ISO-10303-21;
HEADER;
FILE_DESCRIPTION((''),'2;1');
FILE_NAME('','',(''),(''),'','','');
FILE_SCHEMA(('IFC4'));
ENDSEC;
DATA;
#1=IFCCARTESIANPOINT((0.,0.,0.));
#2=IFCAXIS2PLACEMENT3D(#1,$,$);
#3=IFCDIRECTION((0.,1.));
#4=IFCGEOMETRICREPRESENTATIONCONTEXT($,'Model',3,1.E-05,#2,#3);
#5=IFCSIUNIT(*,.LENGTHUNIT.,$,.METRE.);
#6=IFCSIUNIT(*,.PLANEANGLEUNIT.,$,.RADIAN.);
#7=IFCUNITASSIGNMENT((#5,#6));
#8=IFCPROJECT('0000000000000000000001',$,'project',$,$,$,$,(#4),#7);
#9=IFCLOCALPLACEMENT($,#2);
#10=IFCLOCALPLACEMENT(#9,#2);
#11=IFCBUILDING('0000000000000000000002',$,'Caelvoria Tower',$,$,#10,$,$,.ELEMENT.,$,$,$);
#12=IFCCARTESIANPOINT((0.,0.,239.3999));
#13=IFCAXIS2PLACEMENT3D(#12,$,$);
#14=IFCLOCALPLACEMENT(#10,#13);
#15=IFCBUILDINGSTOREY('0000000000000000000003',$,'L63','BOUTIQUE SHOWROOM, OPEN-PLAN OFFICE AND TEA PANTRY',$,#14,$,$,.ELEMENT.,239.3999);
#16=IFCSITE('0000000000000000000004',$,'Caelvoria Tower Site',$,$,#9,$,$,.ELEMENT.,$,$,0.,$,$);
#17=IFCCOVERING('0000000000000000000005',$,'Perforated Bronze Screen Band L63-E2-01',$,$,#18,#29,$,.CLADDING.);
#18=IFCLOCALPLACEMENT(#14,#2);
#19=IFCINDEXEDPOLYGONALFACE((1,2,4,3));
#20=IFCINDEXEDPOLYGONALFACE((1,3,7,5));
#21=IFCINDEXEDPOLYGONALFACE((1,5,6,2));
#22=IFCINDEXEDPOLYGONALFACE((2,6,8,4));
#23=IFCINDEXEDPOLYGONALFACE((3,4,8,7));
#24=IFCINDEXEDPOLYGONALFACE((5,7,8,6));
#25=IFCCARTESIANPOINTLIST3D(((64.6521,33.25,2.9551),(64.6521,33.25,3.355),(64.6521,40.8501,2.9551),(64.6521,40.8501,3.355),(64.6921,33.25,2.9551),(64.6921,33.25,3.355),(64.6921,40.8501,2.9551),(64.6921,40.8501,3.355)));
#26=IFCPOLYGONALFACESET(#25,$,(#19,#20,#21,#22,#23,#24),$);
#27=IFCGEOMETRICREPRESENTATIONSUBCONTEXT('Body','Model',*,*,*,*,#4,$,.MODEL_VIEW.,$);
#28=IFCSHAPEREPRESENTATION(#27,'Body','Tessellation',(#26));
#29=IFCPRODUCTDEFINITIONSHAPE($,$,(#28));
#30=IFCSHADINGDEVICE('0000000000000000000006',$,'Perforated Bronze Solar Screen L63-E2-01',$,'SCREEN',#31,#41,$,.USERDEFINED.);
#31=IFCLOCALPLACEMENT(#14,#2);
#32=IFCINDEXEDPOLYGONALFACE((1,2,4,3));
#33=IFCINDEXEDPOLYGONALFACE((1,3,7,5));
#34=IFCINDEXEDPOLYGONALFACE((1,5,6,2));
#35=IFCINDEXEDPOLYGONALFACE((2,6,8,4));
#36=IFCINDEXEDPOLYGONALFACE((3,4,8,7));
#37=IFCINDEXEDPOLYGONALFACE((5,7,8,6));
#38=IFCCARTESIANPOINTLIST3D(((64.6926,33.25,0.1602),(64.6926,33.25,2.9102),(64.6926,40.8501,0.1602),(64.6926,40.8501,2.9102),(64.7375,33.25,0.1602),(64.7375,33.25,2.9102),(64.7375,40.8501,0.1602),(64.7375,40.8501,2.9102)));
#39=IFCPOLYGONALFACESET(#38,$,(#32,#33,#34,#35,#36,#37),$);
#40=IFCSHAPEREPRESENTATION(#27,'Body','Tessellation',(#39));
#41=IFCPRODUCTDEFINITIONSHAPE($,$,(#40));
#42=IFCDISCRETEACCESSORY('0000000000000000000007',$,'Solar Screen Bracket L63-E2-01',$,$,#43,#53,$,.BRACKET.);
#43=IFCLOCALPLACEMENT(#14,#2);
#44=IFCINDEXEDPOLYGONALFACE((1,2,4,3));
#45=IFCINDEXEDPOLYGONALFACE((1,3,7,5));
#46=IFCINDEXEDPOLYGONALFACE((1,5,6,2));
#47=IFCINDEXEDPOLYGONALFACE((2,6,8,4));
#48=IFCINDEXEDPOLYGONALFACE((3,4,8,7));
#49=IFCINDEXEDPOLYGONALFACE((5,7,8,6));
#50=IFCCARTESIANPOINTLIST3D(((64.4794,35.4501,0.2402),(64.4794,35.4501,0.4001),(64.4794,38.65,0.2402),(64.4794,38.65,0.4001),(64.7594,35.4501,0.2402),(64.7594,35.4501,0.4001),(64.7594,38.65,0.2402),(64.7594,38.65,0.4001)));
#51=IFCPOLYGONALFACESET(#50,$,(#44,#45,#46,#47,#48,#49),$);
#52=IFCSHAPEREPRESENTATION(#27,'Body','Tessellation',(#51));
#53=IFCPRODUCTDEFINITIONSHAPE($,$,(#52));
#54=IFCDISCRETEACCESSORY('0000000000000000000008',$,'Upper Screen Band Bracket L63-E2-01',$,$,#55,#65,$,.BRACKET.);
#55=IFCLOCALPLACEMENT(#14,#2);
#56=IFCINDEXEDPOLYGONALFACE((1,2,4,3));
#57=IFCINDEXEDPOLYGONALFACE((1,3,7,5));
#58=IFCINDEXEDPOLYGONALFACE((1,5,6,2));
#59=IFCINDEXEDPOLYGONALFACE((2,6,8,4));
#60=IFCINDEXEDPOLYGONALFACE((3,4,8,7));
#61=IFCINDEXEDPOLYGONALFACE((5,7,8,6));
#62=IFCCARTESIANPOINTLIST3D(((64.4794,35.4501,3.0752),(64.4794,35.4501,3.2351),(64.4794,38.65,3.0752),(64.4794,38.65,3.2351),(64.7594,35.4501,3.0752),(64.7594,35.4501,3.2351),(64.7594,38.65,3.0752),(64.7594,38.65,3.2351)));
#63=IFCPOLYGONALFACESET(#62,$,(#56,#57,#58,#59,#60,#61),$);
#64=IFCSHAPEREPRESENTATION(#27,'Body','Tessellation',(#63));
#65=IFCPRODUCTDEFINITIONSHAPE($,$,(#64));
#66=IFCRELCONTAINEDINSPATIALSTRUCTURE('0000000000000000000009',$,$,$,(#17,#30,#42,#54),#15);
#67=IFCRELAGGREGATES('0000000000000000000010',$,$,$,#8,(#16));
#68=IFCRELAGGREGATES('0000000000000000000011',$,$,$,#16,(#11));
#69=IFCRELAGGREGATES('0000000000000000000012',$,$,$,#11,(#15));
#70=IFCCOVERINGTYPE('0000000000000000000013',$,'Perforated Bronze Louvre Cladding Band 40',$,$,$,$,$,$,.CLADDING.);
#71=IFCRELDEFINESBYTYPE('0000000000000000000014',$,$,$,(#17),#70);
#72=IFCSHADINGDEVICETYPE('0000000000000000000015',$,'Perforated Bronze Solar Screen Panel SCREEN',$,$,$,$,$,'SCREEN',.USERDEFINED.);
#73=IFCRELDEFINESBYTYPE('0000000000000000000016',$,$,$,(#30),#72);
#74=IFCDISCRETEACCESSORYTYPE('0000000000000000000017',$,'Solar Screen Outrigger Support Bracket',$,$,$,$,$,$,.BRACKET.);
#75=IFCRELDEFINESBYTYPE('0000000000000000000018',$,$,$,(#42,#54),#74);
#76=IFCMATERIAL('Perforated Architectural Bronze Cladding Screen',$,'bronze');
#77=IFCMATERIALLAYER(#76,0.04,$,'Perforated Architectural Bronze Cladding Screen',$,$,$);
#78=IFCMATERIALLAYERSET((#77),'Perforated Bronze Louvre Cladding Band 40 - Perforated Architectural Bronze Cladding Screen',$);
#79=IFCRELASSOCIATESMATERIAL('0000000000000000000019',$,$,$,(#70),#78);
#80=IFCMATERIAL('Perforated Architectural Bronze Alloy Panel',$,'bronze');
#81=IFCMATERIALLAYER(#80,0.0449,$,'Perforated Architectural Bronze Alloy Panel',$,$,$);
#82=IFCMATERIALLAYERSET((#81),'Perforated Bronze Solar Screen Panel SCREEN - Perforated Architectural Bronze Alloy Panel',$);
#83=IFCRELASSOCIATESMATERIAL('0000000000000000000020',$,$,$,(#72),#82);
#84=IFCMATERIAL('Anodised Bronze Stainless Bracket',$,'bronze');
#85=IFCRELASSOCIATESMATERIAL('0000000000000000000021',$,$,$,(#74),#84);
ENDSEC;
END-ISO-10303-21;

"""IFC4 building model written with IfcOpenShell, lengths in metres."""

from ifc_helpers import new_model, si_unit, direction, frame, origin, origin_2d, place, context, subcontext, project, spatial, rectangle, extrude, material, layer, layer_set, type_object, element, save


model = new_model("IFC4")

# Units and contexts
model_context = context("Model", 3, precision=1e-05, world=origin(), true_north=direction((0.0, 1.0)))
body_context = subcontext(model_context, "Body", "Model", "MODEL_VIEW")
ifc_project = project(units=[si_unit("LENGTHUNIT", "METRE"), si_unit("PLANEANGLEUNIT", "RADIAN")], contexts=[model_context])

# Site, building, storey
site_placement = place(None, origin())
site = spatial("IfcSite", under=ifc_project, at=site_placement, Name="Caelvoria Tower Site", CompositionType="ELEMENT", RefElevation=0.0)
building_placement = place(site_placement, origin())
building = spatial("IfcBuilding", under=site, at=building_placement, Name="Caelvoria Tower", CompositionType="ELEMENT")
storey_placement = place(building_placement, frame((0.0, 0.0, 239.3999)))
storey = spatial("IfcBuildingStorey", under=building, at=storey_placement, Name="L63", Description="BOUTIQUE SHOWROOM, OPEN-PLAN OFFICE AND TEA PANTRY", CompositionType="ELEMENT", Elevation=239.3999)

# Covering
ifc_material_1 = material(Name="Perforated Architectural Bronze Cladding Screen", Category="bronze")
ifc_layer_1 = layer(ifc_material_1, 0.04, Name="Perforated Architectural Bronze Cladding Screen")
ifc_layer_set_1 = layer_set([ifc_layer_1], Name="Perforated Bronze Louvre Cladding Band 40 - Perforated Architectural Bronze Cladding Screen")
covering_type = type_object("IfcCoveringType", Name="Perforated Bronze Louvre Cladding Band 40", PredefinedType="CLADDING", material=ifc_layer_set_1)
covering_placement = place(storey_placement, frame((64.6721, 37.05, 2.9551), z_axis=(0.0, 0.0, 1.0), x_axis=(0.0, 1.0, 0.0)))
element("IfcCovering", 1, at=covering_placement, inside=storey, type_object=covering_type, Name="Perforated Bronze Screen Band L63-E2-01", PredefinedType="CLADDING", context=body_context, shape_type="SweptSolid", body=[
    extrude(rectangle(XDim=7.6001, YDim=0.04, at=origin_2d()), origin(), (0.0, 0.0, 1.0), 0.3999),
])

# Shading device
ifc_material_2 = material(Name="Perforated Architectural Bronze Alloy Panel", Category="bronze")
ifc_layer_2 = layer(ifc_material_2, 0.0449, Name="Perforated Architectural Bronze Alloy Panel")
ifc_layer_set_2 = layer_set([ifc_layer_2], Name="Perforated Bronze Solar Screen Panel SCREEN - Perforated Architectural Bronze Alloy Panel")
shading_device_type = type_object("IfcShadingDeviceType", Name="Perforated Bronze Solar Screen Panel SCREEN", ElementType="SCREEN", PredefinedType="USERDEFINED", material=ifc_layer_set_2)
shading_device_placement = place(storey_placement, frame((64.7151, 37.05, 0.1602), z_axis=(0.0, 0.0, 1.0), x_axis=(0.0, 1.0, 0.0)))
element("IfcShadingDevice", 2, at=shading_device_placement, inside=storey, type_object=shading_device_type, Name="Perforated Bronze Solar Screen L63-E2-01", ObjectType="SCREEN", PredefinedType="USERDEFINED", context=body_context, shape_type="SweptSolid", body=[
    extrude(rectangle(XDim=7.6001, YDim=0.0449, at=origin_2d()), origin(), (0.0, 0.0, 1.0), 2.75),
])

# Discrete accessories
ifc_material_3 = material(Name="Anodised Bronze Stainless Bracket", Category="bronze")
discrete_accessory_type = type_object("IfcDiscreteAccessoryType", Name="Solar Screen Outrigger Support Bracket", PredefinedType="BRACKET", material=ifc_material_3)
for number, where, z_axis, x_axis, name in (
    (3, (64.6194, 37.05, 0.2402), (0.0, 0.0, 1.0), (0.0, 1.0, 0.0), "Solar Screen Bracket L63-E2-01"),
    (4, (64.6194, 37.05, 3.0752), (0.0, 0.0, 1.0), (0.0, 1.0, 0.0), "Upper Screen Band Bracket L63-E2-01"),
):
    element("IfcDiscreteAccessory", number, at=place(storey_placement, frame(where, z_axis=z_axis, x_axis=x_axis)), inside=storey, type_object=discrete_accessory_type, Name=name, PredefinedType="BRACKET", context=body_context, shape_type="SweptSolid", body=[
        extrude(rectangle(XDim=3.2, YDim=0.28, at=origin_2d()), origin(), (0.0, 0.0, 1.0), 0.1599),
    ])

save(model, "model.ifc")
